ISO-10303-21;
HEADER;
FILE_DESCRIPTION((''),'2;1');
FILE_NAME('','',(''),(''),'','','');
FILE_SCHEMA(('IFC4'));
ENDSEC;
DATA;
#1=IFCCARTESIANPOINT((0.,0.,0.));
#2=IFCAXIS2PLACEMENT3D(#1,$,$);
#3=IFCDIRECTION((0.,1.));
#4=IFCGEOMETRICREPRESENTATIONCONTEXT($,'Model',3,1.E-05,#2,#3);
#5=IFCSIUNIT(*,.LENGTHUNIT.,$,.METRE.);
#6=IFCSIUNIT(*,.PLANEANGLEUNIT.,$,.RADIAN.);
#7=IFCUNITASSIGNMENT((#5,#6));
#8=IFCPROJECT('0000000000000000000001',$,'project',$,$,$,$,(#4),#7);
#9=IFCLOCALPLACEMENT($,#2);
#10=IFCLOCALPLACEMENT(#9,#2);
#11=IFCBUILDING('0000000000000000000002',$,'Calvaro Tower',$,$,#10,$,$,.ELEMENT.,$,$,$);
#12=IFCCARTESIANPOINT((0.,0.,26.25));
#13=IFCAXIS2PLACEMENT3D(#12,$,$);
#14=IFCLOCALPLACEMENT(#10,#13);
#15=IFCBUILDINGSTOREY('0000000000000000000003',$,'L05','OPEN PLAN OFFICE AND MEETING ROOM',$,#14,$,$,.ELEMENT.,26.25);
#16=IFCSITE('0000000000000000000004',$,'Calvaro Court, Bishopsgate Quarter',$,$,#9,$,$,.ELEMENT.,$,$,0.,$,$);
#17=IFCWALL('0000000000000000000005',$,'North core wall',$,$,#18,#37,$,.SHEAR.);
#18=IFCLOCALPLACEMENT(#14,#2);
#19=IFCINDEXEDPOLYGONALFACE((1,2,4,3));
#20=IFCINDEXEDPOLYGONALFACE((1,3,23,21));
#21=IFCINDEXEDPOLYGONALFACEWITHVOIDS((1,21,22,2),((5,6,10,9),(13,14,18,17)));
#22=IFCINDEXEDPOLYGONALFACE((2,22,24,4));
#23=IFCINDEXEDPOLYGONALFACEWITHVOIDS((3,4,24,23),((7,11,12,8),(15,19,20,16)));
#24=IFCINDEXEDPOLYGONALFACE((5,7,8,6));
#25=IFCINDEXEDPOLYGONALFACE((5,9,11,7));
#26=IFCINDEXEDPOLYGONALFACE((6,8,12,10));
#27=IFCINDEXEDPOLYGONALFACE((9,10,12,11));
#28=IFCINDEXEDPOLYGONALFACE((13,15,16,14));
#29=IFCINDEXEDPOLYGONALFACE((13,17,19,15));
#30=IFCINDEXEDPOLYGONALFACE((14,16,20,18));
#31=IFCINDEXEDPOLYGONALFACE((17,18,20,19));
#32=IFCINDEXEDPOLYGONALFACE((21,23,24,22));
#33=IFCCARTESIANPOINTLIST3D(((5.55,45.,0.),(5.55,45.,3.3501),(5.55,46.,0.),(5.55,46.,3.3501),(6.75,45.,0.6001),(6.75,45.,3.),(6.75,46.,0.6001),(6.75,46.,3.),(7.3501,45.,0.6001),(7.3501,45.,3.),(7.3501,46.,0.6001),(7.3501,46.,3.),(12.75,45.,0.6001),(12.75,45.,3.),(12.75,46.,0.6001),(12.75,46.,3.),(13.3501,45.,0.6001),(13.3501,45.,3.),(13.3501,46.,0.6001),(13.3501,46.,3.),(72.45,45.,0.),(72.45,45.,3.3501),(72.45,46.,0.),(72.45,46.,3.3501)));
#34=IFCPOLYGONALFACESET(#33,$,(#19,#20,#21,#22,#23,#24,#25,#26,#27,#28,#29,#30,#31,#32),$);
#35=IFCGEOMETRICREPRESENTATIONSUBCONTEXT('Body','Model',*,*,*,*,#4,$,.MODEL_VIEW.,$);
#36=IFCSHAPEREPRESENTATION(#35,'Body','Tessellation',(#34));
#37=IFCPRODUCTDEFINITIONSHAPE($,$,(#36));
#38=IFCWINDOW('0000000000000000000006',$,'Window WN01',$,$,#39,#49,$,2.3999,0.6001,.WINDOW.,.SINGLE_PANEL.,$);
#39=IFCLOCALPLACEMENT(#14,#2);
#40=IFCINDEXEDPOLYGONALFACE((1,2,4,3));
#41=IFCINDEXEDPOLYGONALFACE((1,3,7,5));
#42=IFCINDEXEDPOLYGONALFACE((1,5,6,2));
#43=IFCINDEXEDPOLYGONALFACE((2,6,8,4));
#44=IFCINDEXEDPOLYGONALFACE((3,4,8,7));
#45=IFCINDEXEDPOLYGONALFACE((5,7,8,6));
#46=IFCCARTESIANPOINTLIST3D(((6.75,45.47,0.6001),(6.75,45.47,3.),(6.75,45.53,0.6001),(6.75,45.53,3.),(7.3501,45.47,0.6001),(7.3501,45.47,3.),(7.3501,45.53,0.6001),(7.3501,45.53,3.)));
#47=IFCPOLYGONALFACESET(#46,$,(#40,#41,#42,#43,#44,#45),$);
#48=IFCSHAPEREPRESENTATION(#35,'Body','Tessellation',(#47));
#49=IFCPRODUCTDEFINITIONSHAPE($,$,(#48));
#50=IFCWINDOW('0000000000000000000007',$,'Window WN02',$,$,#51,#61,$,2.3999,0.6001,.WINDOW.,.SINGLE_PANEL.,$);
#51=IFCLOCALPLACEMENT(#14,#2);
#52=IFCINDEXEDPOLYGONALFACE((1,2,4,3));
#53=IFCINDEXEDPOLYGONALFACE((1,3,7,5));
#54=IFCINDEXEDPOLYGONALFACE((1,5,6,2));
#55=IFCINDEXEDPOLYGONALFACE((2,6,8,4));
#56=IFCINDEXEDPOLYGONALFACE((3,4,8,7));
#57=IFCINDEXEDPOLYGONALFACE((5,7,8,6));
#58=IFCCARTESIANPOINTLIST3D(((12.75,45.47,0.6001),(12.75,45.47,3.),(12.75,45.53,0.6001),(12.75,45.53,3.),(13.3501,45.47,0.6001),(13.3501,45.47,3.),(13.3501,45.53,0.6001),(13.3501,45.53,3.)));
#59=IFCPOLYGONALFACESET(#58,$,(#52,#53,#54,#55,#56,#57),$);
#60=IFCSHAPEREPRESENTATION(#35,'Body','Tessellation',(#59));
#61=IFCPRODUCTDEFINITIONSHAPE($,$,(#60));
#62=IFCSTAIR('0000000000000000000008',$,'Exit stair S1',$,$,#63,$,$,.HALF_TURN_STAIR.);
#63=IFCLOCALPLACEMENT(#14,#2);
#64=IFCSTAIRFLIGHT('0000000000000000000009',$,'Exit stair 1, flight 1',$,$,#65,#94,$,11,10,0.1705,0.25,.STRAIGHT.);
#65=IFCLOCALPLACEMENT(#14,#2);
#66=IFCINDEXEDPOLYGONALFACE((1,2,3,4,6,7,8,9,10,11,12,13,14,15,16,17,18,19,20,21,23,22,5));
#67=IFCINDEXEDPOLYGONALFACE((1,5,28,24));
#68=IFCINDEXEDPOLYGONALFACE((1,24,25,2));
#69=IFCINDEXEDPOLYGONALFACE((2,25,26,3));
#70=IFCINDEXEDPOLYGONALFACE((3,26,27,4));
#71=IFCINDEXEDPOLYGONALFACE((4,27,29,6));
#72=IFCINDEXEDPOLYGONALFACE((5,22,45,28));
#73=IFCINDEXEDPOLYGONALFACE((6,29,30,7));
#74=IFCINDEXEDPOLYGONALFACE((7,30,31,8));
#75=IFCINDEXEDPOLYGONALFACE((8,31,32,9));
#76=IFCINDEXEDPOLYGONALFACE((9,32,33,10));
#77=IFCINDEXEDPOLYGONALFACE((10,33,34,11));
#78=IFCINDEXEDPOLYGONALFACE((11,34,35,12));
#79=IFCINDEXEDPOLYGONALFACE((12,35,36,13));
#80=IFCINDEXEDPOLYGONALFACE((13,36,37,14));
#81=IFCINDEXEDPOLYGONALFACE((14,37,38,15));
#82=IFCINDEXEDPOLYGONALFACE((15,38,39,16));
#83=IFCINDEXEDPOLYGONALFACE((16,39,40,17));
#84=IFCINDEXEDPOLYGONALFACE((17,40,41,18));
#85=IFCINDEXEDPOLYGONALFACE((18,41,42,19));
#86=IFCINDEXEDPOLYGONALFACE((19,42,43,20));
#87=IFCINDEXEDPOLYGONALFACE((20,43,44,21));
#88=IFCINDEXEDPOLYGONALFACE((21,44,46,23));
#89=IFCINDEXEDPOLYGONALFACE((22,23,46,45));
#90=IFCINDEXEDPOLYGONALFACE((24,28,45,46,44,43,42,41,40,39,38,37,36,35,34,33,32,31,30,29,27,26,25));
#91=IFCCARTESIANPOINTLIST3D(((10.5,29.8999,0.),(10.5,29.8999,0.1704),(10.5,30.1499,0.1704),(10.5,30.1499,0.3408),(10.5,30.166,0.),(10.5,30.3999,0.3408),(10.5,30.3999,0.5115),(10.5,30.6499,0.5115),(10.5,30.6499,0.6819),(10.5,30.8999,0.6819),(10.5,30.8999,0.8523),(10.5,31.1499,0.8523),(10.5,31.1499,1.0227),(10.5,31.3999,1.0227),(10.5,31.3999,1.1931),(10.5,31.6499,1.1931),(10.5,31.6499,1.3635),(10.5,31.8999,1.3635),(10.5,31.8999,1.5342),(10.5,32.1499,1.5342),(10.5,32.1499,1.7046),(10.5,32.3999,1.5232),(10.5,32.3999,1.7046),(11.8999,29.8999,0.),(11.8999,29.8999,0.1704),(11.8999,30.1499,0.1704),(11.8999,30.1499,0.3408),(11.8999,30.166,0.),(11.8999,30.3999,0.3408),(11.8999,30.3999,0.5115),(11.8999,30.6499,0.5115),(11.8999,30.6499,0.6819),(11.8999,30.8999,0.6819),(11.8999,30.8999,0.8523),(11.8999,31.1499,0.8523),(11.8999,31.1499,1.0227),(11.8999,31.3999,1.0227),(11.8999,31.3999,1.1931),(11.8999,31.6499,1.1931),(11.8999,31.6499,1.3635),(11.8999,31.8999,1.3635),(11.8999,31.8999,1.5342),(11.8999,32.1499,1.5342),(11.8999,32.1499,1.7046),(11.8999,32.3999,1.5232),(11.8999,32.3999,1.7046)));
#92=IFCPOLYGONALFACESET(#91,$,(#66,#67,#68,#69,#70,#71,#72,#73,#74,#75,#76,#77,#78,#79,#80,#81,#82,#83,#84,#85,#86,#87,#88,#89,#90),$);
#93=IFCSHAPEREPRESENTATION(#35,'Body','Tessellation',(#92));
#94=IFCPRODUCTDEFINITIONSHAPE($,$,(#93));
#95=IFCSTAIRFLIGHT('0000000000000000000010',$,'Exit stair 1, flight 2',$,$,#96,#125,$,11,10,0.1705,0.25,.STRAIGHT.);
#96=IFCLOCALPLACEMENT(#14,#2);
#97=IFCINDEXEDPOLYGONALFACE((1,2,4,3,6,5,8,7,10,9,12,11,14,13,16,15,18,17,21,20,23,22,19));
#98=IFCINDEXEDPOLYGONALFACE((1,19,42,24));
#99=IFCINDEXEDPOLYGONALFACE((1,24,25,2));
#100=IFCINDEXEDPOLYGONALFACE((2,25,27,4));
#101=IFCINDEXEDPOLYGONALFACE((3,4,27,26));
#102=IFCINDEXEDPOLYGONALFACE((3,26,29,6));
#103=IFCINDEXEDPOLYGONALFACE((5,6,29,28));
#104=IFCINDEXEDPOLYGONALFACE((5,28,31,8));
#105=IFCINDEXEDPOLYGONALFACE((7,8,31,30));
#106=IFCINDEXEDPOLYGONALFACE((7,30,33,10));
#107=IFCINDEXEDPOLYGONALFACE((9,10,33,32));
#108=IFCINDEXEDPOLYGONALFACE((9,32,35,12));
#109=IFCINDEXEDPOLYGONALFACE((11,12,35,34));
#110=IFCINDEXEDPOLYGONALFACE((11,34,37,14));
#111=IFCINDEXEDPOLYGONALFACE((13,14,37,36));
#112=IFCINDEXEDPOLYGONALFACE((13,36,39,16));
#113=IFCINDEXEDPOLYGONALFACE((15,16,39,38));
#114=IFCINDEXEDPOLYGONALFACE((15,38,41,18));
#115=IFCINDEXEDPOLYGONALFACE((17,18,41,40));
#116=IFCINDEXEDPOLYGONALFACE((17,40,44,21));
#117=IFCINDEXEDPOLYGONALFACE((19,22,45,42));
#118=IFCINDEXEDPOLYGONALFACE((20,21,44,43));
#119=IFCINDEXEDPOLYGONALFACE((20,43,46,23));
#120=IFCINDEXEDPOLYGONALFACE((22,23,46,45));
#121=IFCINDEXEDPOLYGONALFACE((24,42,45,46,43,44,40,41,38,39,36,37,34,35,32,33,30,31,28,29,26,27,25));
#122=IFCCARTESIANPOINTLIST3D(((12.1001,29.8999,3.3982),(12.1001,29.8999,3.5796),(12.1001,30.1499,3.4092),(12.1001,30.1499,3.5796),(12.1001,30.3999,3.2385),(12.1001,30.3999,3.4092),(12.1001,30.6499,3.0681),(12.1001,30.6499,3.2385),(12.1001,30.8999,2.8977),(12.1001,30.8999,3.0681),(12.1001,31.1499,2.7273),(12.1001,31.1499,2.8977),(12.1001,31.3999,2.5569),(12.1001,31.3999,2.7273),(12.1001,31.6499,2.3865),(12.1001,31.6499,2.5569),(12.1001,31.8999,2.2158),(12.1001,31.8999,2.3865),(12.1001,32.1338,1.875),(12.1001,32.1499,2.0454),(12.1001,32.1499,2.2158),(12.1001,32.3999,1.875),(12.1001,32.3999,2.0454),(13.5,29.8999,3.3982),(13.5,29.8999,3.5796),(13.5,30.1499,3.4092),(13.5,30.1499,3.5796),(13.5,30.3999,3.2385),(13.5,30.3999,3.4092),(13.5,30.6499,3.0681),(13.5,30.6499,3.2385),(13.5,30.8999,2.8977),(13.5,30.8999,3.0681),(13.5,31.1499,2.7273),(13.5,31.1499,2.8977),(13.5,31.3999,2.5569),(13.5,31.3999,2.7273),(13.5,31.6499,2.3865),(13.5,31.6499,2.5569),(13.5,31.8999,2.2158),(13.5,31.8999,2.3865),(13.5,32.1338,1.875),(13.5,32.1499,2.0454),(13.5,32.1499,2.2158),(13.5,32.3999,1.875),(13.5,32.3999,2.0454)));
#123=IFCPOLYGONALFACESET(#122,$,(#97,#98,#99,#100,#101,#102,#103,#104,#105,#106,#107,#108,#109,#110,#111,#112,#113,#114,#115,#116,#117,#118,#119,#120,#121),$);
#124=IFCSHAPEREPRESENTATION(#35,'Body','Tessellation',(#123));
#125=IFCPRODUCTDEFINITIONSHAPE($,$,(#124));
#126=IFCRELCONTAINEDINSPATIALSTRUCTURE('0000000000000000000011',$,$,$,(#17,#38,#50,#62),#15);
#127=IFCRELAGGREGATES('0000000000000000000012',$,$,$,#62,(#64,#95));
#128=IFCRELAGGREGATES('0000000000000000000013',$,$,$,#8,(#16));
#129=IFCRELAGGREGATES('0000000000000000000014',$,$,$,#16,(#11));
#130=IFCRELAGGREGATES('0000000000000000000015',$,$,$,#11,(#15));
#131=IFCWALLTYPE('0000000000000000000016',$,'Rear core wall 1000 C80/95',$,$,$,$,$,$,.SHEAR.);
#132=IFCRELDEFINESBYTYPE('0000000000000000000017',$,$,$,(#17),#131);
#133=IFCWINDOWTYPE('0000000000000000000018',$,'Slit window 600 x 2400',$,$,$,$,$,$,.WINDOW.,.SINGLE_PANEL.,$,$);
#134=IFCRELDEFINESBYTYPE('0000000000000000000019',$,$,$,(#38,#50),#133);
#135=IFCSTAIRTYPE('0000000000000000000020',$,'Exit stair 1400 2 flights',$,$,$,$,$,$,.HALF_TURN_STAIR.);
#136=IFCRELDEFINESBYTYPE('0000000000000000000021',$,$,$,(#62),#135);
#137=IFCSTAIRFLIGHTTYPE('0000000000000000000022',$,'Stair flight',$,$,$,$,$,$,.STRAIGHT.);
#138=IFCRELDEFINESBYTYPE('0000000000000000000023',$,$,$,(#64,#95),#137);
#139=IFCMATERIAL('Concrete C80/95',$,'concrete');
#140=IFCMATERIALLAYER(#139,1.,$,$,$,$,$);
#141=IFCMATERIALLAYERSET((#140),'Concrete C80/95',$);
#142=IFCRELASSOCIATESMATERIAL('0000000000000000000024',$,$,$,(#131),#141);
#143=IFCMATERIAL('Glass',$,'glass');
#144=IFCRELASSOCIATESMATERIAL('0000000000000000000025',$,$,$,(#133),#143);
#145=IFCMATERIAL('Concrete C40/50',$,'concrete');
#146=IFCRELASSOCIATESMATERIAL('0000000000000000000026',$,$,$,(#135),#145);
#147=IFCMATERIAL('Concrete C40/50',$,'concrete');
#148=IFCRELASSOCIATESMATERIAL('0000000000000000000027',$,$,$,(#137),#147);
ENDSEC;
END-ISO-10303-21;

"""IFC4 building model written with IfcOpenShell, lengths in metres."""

from ifc_helpers import new_model, si_unit, direction, frame, frame_2d, origin, place, context, subcontext, project, spatial, polyline, rectangle, outline, extrude, material, layer, layer_set, type_object, element, fill, aggregate, save


model = new_model("IFC4")

# Units and contexts
model_context = context("Model", 3, precision=1e-05, world=origin(), true_north=direction((0.0, 1.0)))
body_context = subcontext(model_context, "Body", "Model", "MODEL_VIEW")
ifc_project = project(units=[si_unit("LENGTHUNIT", "METRE"), si_unit("PLANEANGLEUNIT", "RADIAN")], contexts=[model_context])

# Site, building, storey
site_placement = place(None, origin())
site = spatial("IfcSite", under=ifc_project, at=site_placement, Name="Calvaro Court, Bishopsgate Quarter", CompositionType="ELEMENT", RefElevation=0.0)
building_placement = place(site_placement, origin())
building = spatial("IfcBuilding", under=site, at=building_placement, Name="Calvaro Tower", CompositionType="ELEMENT")
storey_placement = place(building_placement, frame((0.0, 0.0, 26.25)))
storey = spatial("IfcBuildingStorey", under=building, at=storey_placement, Name="L05", Description="OPEN PLAN OFFICE AND MEETING ROOM", CompositionType="ELEMENT", Elevation=26.25)

# Wall, openings, windows
ifc_material_1 = material(Name="Concrete C80/95", Category="concrete")
ifc_layer_1 = layer(ifc_material_1, 1.0)
ifc_layer_set_1 = layer_set([ifc_layer_1], Name="Concrete C80/95")
wall_type_1 = type_object("IfcWallType", Name="Rear core wall 1000 C80/95", PredefinedType="SHEAR", material=ifc_layer_set_1)
wall_1_placement = place(storey_placement, frame((5.55, 45.5, 0.0), z_axis=(0.0, 0.0, 1.0), x_axis=(1.0, 0.0, 0.0)))
wall_1 = element("IfcWall", 1, at=wall_1_placement, inside=storey, type_object=wall_type_1, Name="North core wall", PredefinedType="SHEAR", context=body_context, shape_type="SweptSolid", body=[
    extrude(rectangle(XDim=66.8999, YDim=1.0, at=frame_2d((33.45, 0.0))), origin(), (0.0, 0.0, 1.0), 3.3501),
])
opening_1_placement = place(wall_1_placement, frame((1.2, 0.0, 0.6001)))
opening_1 = element("IfcOpeningElement", 2, at=opening_1_placement, cuts=wall_1, PredefinedType="OPENING", context=body_context, shape_type="SweptSolid", body=[
    extrude(rectangle(XDim=0.6001, YDim=2.3999, at=frame_2d((0.3, 1.2))), frame((0.0, 0.51, 0.0), z_axis=(0.0, -1.0, 0.0), x_axis=(1.0, 0.0, 0.0)), (0.0, 0.0, 1.0), 1.02),
])
opening_2_placement = place(wall_1_placement, frame((7.2, 0.0, 0.6001)))
opening_2 = element("IfcOpeningElement", 3, at=opening_2_placement, cuts=wall_1, PredefinedType="OPENING", context=body_context, shape_type="SweptSolid", body=[
    extrude(rectangle(XDim=0.6001, YDim=2.3999, at=frame_2d((0.3, 1.2))), frame((0.0, 0.51, 0.0), z_axis=(0.0, -1.0, 0.0), x_axis=(1.0, 0.0, 0.0)), (0.0, 0.0, 1.0), 1.02),
])
ifc_material_2 = material(Name="Glass", Category="glass")
window_type = type_object("IfcWindowType", Name="Slit window 600 x 2400", PartitioningType="SINGLE_PANEL", PredefinedType="WINDOW", material=ifc_material_2)
window_1_placement = place(opening_1_placement, origin())
window_1 = element("IfcWindow", 4, at=window_1_placement, inside=storey, type_object=window_type, Name="Window WN01", OverallHeight=2.3999, OverallWidth=0.6001, PartitioningType="SINGLE_PANEL", PredefinedType="WINDOW", context=body_context, shape_type="SweptSolid", body=[
    extrude(rectangle(XDim=0.6001, YDim=2.3999, at=frame_2d((0.3, 1.2))), frame((0.0, 0.03, 0.0), z_axis=(0.0, -1.0, 0.0), x_axis=(1.0, 0.0, 0.0)), (0.0, 0.0, 1.0), 0.0601),
])
fill(opening_1, window_1)
window_2_placement = place(opening_2_placement, origin())
window_2 = element("IfcWindow", 5, at=window_2_placement, inside=storey, type_object=window_type, Name="Window WN02", OverallHeight=2.3999, OverallWidth=0.6001, PartitioningType="SINGLE_PANEL", PredefinedType="WINDOW", context=body_context, shape_type="SweptSolid", body=[
    extrude(rectangle(XDim=0.6001, YDim=2.3999, at=frame_2d((0.3, 1.2))), frame((0.0, 0.03, 0.0), z_axis=(0.0, -1.0, 0.0), x_axis=(1.0, 0.0, 0.0)), (0.0, 0.0, 1.0), 0.0601),
])
fill(opening_2, window_2)

# Stair, stair flights
ifc_material_3 = material(Name="Concrete C40/50", Category="concrete")
stair_type = type_object("IfcStairType", Name="Exit stair 1400 2 flights", PredefinedType="HALF_TURN_STAIR", material=ifc_material_3)
stair_placement = place(storey_placement, origin())
stair = element("IfcStair", 6, at=stair_placement, inside=storey, type_object=stair_type, Name="Exit stair S1", PredefinedType="HALF_TURN_STAIR")
ifc_material_4 = material(Name="Concrete C40/50", Category="concrete")
stair_flight_type = type_object("IfcStairFlightType", Name="Stair flight", PredefinedType="STRAIGHT", material=ifc_material_4)
stair_flight_1_placement = place(storey_placement, frame((11.2, 29.8999, 0.0), z_axis=(0.0, 0.0, 1.0), x_axis=(0.0, 1.0, 0.0)))
stair_flight_1 = element("IfcStairFlight", 7, at=stair_flight_1_placement, type_object=stair_flight_type, Name="Exit stair 1, flight 1", NumberOfRisers=11, NumberOfTreads=10, PredefinedType="STRAIGHT", RiserHeight=0.1705, TreadLength=0.25, context=body_context, shape_type="SweptSolid", body=[
    extrude(outline(polyline([(0.0, 0.0), (0.0, 0.1704), (0.25, 0.1704), (0.25, 0.3408), (0.5, 0.3408), (0.5, 0.5115), (0.75, 0.5115), (0.75, 0.6819), (1.0, 0.6819), (1.0, 0.8523), (1.25, 0.8523), (1.25, 1.0227), (1.5, 1.0227), (1.5, 1.1931), (1.75, 1.1931), (1.75, 1.3635), (2.0, 1.3635), (2.0, 1.5342), (2.25, 1.5342), (2.25, 1.7046), (2.5, 1.7046), (2.5, 1.875), (2.5, 1.5232), (0.2661, 0.0), (0.0, 0.0)])), frame((0.0, 0.7, 0.0), z_axis=(0.0, -1.0, 0.0), x_axis=(1.0, 0.0, 0.0)), (0.0, 0.0, 1.0), 1.3999),
])
stair_flight_2_placement = place(storey_placement, frame((12.8, 32.3999, 1.875), z_axis=(0.0, 0.0, 1.0), x_axis=(0.0, -1.0, 0.0)))
stair_flight_2 = element("IfcStairFlight", 8, at=stair_flight_2_placement, type_object=stair_flight_type, Name="Exit stair 1, flight 2", NumberOfRisers=11, NumberOfTreads=10, PredefinedType="STRAIGHT", RiserHeight=0.1705, TreadLength=0.25, context=body_context, shape_type="SweptSolid", body=[
    extrude(outline(polyline([(0.0, 0.0), (0.0, 0.1704), (0.25, 0.1704), (0.25, 0.3408), (0.5, 0.3408), (0.5, 0.5115), (0.75, 0.5115), (0.75, 0.6819), (1.0, 0.6819), (1.0, 0.8523), (1.25, 0.8523), (1.25, 1.0227), (1.5, 1.0227), (1.5, 1.1931), (1.75, 1.1931), (1.75, 1.3635), (2.0, 1.3635), (2.0, 1.5342), (2.25, 1.5342), (2.25, 1.7046), (2.5, 1.7046), (2.5, 1.875), (2.5, 1.5232), (0.2661, 0.0), (0.0, 0.0)])), frame((0.0, 0.7, 0.0), z_axis=(0.0, -1.0, 0.0), x_axis=(1.0, 0.0, 0.0)), (0.0, 0.0, 1.0), 1.3999),
])
aggregate(stair, [stair_flight_1, stair_flight_2])

save(model, "model.ifc")
